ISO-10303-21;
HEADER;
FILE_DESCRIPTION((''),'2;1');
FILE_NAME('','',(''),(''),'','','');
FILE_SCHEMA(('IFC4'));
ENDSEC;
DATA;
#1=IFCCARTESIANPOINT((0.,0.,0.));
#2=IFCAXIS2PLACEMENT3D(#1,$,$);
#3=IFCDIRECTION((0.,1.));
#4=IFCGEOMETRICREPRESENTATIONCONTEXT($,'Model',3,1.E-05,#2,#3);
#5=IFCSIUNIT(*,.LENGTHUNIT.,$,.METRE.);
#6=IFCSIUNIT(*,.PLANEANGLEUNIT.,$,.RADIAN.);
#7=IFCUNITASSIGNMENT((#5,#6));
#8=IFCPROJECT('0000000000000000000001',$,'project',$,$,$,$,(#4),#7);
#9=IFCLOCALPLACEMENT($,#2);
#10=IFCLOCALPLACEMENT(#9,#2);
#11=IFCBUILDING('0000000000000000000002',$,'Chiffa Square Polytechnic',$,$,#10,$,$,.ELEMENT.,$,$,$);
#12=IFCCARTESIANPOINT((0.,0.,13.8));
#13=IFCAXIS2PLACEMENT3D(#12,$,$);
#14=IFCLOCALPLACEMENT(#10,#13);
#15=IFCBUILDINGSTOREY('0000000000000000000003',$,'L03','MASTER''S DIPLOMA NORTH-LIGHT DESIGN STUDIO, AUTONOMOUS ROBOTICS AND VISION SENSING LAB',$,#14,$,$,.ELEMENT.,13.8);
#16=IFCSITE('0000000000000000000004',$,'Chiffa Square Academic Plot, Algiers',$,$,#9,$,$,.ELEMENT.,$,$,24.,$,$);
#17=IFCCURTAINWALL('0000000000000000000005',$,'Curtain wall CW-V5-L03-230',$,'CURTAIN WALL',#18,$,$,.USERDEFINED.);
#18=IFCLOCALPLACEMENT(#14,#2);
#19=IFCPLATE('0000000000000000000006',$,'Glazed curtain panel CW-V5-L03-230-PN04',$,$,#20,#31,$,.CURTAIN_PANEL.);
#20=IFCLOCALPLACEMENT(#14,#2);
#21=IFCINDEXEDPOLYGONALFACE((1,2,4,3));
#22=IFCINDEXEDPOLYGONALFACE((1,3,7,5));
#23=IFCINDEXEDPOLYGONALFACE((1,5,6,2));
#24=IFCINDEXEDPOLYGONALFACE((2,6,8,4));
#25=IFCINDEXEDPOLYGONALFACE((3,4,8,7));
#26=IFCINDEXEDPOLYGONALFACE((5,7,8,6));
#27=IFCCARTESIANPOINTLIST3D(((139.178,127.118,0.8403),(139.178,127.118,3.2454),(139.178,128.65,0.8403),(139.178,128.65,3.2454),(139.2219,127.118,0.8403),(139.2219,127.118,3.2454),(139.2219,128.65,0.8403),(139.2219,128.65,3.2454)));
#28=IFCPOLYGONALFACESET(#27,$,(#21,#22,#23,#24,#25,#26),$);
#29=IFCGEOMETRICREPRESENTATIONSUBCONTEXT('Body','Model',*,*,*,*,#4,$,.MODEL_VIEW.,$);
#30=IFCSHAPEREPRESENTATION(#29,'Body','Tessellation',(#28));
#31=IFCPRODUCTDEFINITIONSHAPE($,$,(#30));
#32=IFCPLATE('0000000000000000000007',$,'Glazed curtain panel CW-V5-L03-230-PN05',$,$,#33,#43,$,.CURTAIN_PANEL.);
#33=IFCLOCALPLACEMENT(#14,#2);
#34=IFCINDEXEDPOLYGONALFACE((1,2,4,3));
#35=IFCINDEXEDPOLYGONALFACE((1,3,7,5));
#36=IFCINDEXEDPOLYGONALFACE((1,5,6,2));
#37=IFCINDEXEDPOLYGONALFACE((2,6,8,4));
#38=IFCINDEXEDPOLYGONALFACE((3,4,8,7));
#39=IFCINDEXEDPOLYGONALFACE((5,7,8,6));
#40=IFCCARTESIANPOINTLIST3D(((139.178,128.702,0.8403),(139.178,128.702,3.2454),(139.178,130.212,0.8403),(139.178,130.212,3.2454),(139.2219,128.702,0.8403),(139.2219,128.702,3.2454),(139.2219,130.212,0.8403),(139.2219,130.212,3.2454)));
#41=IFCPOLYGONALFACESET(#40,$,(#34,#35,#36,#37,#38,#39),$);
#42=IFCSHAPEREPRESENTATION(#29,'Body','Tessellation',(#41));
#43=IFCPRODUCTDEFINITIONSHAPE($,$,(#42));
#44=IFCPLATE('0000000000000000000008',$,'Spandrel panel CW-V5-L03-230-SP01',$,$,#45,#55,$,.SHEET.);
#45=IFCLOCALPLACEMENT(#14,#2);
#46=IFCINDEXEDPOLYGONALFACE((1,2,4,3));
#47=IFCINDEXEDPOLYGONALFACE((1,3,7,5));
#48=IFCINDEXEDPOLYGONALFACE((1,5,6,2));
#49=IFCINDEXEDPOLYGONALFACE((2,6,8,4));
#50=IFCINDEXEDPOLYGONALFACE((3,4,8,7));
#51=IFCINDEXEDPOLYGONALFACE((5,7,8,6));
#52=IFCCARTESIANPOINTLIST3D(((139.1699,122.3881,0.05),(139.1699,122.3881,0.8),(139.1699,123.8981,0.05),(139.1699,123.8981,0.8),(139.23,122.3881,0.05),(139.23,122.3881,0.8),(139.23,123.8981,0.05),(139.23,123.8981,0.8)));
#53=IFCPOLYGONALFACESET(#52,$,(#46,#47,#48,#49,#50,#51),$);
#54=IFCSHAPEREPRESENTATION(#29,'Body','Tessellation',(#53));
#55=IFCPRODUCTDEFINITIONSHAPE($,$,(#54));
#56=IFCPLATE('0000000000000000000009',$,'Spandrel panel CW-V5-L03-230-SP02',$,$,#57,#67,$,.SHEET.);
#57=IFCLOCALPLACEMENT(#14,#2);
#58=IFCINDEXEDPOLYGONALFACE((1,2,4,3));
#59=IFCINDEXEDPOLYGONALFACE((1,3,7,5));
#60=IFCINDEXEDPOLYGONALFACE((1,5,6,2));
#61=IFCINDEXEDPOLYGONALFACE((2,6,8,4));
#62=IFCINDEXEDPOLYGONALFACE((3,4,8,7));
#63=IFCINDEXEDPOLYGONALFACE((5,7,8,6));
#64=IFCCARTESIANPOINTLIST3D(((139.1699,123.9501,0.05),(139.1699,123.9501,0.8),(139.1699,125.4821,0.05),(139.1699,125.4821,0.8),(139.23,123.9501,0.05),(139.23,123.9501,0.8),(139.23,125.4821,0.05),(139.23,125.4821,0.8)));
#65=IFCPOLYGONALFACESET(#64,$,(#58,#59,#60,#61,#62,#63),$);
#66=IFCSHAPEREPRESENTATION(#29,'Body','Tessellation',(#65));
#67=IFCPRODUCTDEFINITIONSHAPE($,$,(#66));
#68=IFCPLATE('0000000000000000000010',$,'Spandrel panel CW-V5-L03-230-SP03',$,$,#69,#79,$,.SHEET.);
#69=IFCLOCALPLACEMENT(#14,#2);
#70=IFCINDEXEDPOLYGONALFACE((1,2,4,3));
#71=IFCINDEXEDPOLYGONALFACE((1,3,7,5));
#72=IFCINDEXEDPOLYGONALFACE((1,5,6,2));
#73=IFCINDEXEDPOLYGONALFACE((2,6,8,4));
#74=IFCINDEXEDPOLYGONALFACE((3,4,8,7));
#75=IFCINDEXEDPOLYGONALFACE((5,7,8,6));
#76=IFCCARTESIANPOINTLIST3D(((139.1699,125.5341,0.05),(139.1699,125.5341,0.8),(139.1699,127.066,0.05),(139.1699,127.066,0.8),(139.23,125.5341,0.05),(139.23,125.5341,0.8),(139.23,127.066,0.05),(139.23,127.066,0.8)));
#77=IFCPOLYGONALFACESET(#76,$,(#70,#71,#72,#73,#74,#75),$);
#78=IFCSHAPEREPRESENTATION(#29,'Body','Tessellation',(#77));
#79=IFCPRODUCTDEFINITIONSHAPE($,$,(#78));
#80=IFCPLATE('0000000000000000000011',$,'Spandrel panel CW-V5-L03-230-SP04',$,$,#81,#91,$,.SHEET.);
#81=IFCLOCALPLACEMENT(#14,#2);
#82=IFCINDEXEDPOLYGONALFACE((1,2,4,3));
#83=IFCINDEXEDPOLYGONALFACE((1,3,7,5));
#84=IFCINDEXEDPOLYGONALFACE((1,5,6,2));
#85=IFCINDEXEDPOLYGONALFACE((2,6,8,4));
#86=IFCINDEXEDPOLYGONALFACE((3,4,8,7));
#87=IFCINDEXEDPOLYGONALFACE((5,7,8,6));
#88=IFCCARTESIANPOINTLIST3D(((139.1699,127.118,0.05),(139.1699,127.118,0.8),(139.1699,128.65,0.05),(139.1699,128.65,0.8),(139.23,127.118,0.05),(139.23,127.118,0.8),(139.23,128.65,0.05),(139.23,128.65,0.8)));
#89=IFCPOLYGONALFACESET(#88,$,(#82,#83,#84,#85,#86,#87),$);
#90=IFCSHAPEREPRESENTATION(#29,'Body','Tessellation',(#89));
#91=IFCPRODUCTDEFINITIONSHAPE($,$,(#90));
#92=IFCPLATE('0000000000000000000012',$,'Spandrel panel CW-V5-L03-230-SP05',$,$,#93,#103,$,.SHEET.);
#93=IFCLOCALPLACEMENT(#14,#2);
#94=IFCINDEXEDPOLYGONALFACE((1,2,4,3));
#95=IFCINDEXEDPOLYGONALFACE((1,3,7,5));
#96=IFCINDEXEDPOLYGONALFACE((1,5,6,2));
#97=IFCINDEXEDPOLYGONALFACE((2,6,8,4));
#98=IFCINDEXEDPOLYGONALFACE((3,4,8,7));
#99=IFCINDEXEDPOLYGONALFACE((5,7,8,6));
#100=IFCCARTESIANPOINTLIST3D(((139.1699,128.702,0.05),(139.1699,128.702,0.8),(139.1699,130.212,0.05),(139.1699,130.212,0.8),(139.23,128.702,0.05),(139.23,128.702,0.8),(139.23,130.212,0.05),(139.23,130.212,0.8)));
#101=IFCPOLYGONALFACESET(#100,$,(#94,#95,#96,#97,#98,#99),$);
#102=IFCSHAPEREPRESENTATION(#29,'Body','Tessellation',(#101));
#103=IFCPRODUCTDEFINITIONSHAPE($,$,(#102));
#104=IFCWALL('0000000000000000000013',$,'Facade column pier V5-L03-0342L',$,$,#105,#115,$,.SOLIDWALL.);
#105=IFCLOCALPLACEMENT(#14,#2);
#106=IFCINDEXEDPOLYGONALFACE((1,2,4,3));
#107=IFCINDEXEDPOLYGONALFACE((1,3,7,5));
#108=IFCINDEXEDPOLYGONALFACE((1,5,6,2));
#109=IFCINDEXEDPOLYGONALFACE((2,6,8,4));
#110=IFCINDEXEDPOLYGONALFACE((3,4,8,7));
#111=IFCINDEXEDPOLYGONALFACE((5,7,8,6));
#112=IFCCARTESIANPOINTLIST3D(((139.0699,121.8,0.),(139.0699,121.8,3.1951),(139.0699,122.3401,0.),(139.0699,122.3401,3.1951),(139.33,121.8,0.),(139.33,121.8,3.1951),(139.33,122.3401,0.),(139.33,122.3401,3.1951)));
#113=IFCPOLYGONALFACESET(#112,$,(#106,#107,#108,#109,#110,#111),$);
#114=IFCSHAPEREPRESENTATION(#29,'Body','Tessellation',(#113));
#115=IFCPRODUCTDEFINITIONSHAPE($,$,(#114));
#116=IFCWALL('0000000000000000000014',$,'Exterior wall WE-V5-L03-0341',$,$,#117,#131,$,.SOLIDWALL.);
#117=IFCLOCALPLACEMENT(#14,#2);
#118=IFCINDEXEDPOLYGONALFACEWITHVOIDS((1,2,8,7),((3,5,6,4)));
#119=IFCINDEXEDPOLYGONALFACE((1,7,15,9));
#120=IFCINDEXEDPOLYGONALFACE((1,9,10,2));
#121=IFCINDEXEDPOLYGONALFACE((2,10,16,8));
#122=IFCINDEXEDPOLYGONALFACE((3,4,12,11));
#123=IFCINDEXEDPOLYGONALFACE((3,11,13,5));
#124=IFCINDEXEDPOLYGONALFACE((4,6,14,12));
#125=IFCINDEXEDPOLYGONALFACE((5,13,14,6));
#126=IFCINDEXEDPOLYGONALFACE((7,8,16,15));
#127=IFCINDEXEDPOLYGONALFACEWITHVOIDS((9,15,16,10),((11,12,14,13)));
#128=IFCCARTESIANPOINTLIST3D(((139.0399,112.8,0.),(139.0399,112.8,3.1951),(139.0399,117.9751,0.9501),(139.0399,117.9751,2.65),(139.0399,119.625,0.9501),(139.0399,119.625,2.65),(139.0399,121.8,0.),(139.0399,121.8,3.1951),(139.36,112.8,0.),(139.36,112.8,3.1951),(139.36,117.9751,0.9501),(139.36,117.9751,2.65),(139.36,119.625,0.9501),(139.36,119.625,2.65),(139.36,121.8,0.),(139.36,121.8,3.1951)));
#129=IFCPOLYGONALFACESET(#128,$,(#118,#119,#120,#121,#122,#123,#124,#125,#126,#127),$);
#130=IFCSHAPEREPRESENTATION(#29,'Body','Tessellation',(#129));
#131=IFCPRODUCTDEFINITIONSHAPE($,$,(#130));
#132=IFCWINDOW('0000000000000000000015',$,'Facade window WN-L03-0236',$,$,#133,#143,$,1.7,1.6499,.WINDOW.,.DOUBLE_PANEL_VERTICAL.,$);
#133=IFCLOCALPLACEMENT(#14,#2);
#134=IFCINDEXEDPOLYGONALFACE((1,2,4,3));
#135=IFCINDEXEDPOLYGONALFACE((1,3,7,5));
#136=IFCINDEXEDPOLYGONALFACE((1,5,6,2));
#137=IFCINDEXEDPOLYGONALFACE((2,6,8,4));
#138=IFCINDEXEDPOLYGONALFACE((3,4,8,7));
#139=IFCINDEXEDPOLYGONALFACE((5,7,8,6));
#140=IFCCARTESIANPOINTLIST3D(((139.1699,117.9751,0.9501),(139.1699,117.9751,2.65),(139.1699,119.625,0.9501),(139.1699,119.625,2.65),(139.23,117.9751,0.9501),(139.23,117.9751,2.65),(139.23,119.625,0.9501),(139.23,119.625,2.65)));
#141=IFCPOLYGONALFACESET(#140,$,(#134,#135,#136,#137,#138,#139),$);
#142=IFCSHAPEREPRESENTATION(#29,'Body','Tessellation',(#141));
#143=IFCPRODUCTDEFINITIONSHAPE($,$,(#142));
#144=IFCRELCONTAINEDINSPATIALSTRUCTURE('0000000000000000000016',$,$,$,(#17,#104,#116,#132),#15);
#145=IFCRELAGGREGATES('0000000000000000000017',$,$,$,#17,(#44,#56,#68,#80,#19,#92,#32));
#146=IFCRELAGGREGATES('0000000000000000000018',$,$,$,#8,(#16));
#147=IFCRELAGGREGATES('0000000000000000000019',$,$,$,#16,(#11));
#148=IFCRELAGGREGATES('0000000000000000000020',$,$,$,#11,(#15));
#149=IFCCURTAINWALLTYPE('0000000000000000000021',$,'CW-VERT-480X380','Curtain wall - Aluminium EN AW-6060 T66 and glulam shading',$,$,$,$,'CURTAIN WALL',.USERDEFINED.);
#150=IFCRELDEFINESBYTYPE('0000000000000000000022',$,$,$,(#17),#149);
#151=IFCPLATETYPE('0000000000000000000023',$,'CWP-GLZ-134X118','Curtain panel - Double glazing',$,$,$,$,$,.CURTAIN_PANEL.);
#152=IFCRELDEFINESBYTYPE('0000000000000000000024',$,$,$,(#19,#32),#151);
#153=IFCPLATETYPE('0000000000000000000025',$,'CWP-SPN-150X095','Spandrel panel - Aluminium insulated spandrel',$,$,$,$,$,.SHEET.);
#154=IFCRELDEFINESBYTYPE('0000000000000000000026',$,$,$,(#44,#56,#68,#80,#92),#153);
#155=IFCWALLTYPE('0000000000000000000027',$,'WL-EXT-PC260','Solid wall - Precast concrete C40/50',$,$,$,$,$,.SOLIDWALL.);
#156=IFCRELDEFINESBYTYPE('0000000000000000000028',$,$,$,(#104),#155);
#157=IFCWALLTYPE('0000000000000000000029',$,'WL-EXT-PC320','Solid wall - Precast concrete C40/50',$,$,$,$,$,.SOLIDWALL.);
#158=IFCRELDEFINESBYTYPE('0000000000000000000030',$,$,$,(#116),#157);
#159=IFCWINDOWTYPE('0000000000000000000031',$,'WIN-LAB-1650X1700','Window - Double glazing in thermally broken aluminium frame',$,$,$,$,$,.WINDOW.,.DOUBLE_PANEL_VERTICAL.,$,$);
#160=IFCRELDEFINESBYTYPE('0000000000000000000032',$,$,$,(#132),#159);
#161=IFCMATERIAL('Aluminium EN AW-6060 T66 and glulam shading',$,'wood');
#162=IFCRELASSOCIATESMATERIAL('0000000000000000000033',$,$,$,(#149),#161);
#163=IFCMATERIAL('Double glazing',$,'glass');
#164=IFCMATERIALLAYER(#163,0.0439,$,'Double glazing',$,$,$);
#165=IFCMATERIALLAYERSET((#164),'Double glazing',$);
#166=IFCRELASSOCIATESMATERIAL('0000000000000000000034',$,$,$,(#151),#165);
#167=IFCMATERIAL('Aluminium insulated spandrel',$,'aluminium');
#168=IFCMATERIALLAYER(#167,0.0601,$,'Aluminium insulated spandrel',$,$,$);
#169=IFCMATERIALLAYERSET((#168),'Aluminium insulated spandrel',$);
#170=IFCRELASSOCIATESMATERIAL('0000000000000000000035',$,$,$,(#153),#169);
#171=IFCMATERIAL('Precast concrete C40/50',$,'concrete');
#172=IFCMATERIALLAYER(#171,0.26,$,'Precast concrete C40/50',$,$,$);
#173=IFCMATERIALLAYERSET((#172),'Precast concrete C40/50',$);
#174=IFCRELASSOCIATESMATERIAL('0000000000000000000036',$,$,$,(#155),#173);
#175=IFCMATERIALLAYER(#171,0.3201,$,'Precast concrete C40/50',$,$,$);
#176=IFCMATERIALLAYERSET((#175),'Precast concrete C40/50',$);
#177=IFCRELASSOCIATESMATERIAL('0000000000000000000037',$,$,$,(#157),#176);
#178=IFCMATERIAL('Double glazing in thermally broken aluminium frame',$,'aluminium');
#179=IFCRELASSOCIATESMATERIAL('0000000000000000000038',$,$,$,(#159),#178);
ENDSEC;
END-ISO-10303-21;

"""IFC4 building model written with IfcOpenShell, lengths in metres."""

from ifc_helpers import new_model, si_unit, direction, frame, frame_2d, origin, origin_2d, place, context, subcontext, project, spatial, rectangle, extrude, material, layer, layer_set, type_object, element, fill, aggregate, save


model = new_model("IFC4")

# Units and contexts
model_context = context("Model", 3, precision=1e-05, world=origin(), true_north=direction((0.0, 1.0)))
body_context = subcontext(model_context, "Body", "Model", "MODEL_VIEW")
ifc_project = project(units=[si_unit("LENGTHUNIT", "METRE"), si_unit("PLANEANGLEUNIT", "RADIAN")], contexts=[model_context])

# Site, building, storey
site_placement = place(None, origin())
site = spatial("IfcSite", under=ifc_project, at=site_placement, Name="Chiffa Square Academic Plot, Algiers", CompositionType="ELEMENT", RefElevation=24.0)
building_placement = place(site_placement, origin())
building = spatial("IfcBuilding", under=site, at=building_placement, Name="Chiffa Square Polytechnic", CompositionType="ELEMENT")
storey_placement = place(building_placement, frame((0.0, 0.0, 13.8)))
storey = spatial("IfcBuildingStorey", under=building, at=storey_placement, Name="L03", Description="MASTER'S DIPLOMA NORTH-LIGHT DESIGN STUDIO, AUTONOMOUS ROBOTICS AND VISION SENSING LAB", CompositionType="ELEMENT", Elevation=13.8)

# Curtain wall
ifc_material_1 = material(Name="Aluminium EN AW-6060 T66 and glulam shading", Category="wood")
curtain_wall_type = type_object("IfcCurtainWallType", Name="CW-VERT-480X380", Description="Curtain wall - Aluminium EN AW-6060 T66 and glulam shading", ElementType="CURTAIN WALL", PredefinedType="USERDEFINED", material=ifc_material_1)
curtain_wall_placement = place(storey_placement, origin())
curtain_wall = element("IfcCurtainWall", 1, at=curtain_wall_placement, inside=storey, type_object=curtain_wall_type, Name="Curtain wall CW-V5-L03-230", ObjectType="CURTAIN WALL", PredefinedType="USERDEFINED")

# Plates
ifc_material_2 = material(Name="Double glazing", Category="glass")
ifc_layer_1 = layer(ifc_material_2, 0.0439, Name="Double glazing")
ifc_layer_set_1 = layer_set([ifc_layer_1], Name="Double glazing")
plate_type_1 = type_object("IfcPlateType", Name="CWP-GLZ-134X118", Description="Curtain panel - Double glazing", PredefinedType="CURTAIN_PANEL", material=ifc_layer_set_1)
plate_1_placement = place(storey_placement, frame((139.2, 127.884, 0.8403), z_axis=(0.0, 0.0, 1.0), x_axis=(0.0, 1.0, 0.0)))
plate_1 = element("IfcPlate", 2, at=plate_1_placement, type_object=plate_type_1, Name="Glazed curtain panel CW-V5-L03-230-PN04", PredefinedType="CURTAIN_PANEL", context=body_context, shape_type="SweptSolid", body=[
    extrude(rectangle(XDim=1.532, YDim=0.0439, at=origin_2d()), origin(), (0.0, 0.0, 1.0), 2.405),
])
plate_2_placement = place(storey_placement, frame((139.2, 129.457, 0.8403), z_axis=(0.0, 0.0, 1.0), x_axis=(0.0, 1.0, 0.0)))
plate_2 = element("IfcPlate", 3, at=plate_2_placement, type_object=plate_type_1, Name="Glazed curtain panel CW-V5-L03-230-PN05", PredefinedType="CURTAIN_PANEL", context=body_context, shape_type="SweptSolid", body=[
    extrude(rectangle(XDim=1.51, YDim=0.0439, at=origin_2d()), origin(), (0.0, 0.0, 1.0), 2.405),
])
ifc_material_3 = material(Name="Aluminium insulated spandrel", Category="aluminium")
ifc_layer_2 = layer(ifc_material_3, 0.0601, Name="Aluminium insulated spandrel")
ifc_layer_set_2 = layer_set([ifc_layer_2], Name="Aluminium insulated spandrel")
plate_type_2 = type_object("IfcPlateType", Name="CWP-SPN-150X095", Description="Spandrel panel - Aluminium insulated spandrel", PredefinedType="SHEET", material=ifc_layer_set_2)
plate_3_placement = place(storey_placement, frame((139.2, 123.1431, 0.05), z_axis=(0.0, 0.0, 1.0), x_axis=(0.0, 1.0, 0.0)))
plate_3 = element("IfcPlate", 4, at=plate_3_placement, type_object=plate_type_2, Name="Spandrel panel CW-V5-L03-230-SP01", PredefinedType="SHEET", context=body_context, shape_type="SweptSolid", body=[
    extrude(rectangle(XDim=1.51, YDim=0.0601, at=origin_2d()), origin(), (0.0, 0.0, 1.0), 0.75),
])
plate_4_placement = place(storey_placement, frame((139.2, 124.7161, 0.05), z_axis=(0.0, 0.0, 1.0), x_axis=(0.0, 1.0, 0.0)))
plate_4 = element("IfcPlate", 5, at=plate_4_placement, type_object=plate_type_2, Name="Spandrel panel CW-V5-L03-230-SP02", PredefinedType="SHEET", context=body_context, shape_type="SweptSolid", body=[
    extrude(rectangle(XDim=1.532, YDim=0.0601, at=origin_2d()), origin(), (0.0, 0.0, 1.0), 0.75),
])
plate_5_placement = place(storey_placement, frame((139.2, 126.3, 0.05), z_axis=(0.0, 0.0, 1.0), x_axis=(0.0, 1.0, 0.0)))
plate_5 = element("IfcPlate", 6, at=plate_5_placement, type_object=plate_type_2, Name="Spandrel panel CW-V5-L03-230-SP03", PredefinedType="SHEET", context=body_context, shape_type="SweptSolid", body=[
    extrude(rectangle(XDim=1.532, YDim=0.0601, at=origin_2d()), origin(), (0.0, 0.0, 1.0), 0.75),
])
plate_6_placement = place(storey_placement, frame((139.2, 127.884, 0.05), z_axis=(0.0, 0.0, 1.0), x_axis=(0.0, 1.0, 0.0)))
plate_6 = element("IfcPlate", 7, at=plate_6_placement, type_object=plate_type_2, Name="Spandrel panel CW-V5-L03-230-SP04", PredefinedType="SHEET", context=body_context, shape_type="SweptSolid", body=[
    extrude(rectangle(XDim=1.532, YDim=0.0601, at=origin_2d()), origin(), (0.0, 0.0, 1.0), 0.75),
])
plate_7_placement = place(storey_placement, frame((139.2, 129.457, 0.05), z_axis=(0.0, 0.0, 1.0), x_axis=(0.0, 1.0, 0.0)))
plate_7 = element("IfcPlate", 8, at=plate_7_placement, type_object=plate_type_2, Name="Spandrel panel CW-V5-L03-230-SP05", PredefinedType="SHEET", context=body_context, shape_type="SweptSolid", body=[
    extrude(rectangle(XDim=1.51, YDim=0.0601, at=origin_2d()), origin(), (0.0, 0.0, 1.0), 0.75),
])
aggregate(curtain_wall, [plate_3, plate_4, plate_5, plate_6, plate_1, plate_7, plate_2])

# Wall
ifc_material_4 = material(Name="Precast concrete C40/50", Category="concrete")
ifc_layer_3 = layer(ifc_material_4, 0.26, Name="Precast concrete C40/50")
ifc_layer_set_3 = layer_set([ifc_layer_3], Name="Precast concrete C40/50")
wall_type_1 = type_object("IfcWallType", Name="WL-EXT-PC260", Description="Solid wall - Precast concrete C40/50", PredefinedType="SOLIDWALL", material=ifc_layer_set_3)
wall_1_placement = place(storey_placement, frame((139.2, 121.8, 0.0), z_axis=(0.0, 0.0, 1.0), x_axis=(0.0, 1.0, 0.0)))
element("IfcWall", 9, at=wall_1_placement, inside=storey, type_object=wall_type_1, Name="Facade column pier V5-L03-0342L", PredefinedType="SOLIDWALL", context=body_context, shape_type="SweptSolid", body=[
    extrude(rectangle(XDim=0.54, YDim=0.26, at=frame_2d((0.27, 0.0))), origin(), (0.0, 0.0, 1.0), 3.1951),
])

# Wall, opening, window
ifc_layer_4 = layer(ifc_material_4, 0.3201, Name="Precast concrete C40/50")
ifc_layer_set_4 = layer_set([ifc_layer_4], Name="Precast concrete C40/50")
wall_type_2 = type_object("IfcWallType", Name="WL-EXT-PC320", Description="Solid wall - Precast concrete C40/50", PredefinedType="SOLIDWALL", material=ifc_layer_set_4)
wall_2_placement = place(storey_placement, frame((139.2, 112.8, 0.0), z_axis=(0.0, 0.0, 1.0), x_axis=(0.0, 1.0, 0.0)))
wall_2 = element("IfcWall", 10, at=wall_2_placement, inside=storey, type_object=wall_type_2, Name="Exterior wall WE-V5-L03-0341", PredefinedType="SOLIDWALL", context=body_context, shape_type="SweptSolid", body=[
    extrude(rectangle(XDim=9.0, YDim=0.3201, at=frame_2d((4.5, 0.0))), origin(), (0.0, 0.0, 1.0), 3.1951),
])
opening_placement = place(wall_2_placement, frame((5.175, 0.0, 0.95)))
opening = element("IfcOpeningElement", 11, at=opening_placement, cuts=wall_2, PredefinedType="OPENING", context=body_context, shape_type="SweptSolid", body=[
    extrude(rectangle(XDim=1.6499, YDim=1.7, at=frame_2d((0.825, 0.8501))), frame((0.0, 0.1699, 0.0), z_axis=(0.0, -1.0, 0.0), x_axis=(1.0, 0.0, 0.0)), (0.0, 0.0, 1.0), 0.3401),
])
ifc_material_5 = material(Name="Double glazing in thermally broken aluminium frame", Category="aluminium")
window_type = type_object("IfcWindowType", Name="WIN-LAB-1650X1700", Description="Window - Double glazing in thermally broken aluminium frame", PartitioningType="DOUBLE_PANEL_VERTICAL", PredefinedType="WINDOW", material=ifc_material_5)
window_placement = place(opening_placement, origin())
window = element("IfcWindow", 12, at=window_placement, inside=storey, type_object=window_type, Name="Facade window WN-L03-0236", OverallHeight=1.7, OverallWidth=1.6499, PartitioningType="DOUBLE_PANEL_VERTICAL", PredefinedType="WINDOW", context=body_context, shape_type="SweptSolid", body=[
    extrude(rectangle(XDim=1.6499, YDim=1.7, at=frame_2d((0.825, 0.8501))), frame((0.0, 0.03, 0.0), z_axis=(0.0, -1.0, 0.0), x_axis=(1.0, 0.0, 0.0)), (0.0, 0.0, 1.0), 0.0601),
])
fill(opening, window)

save(model, "model.ifc")
